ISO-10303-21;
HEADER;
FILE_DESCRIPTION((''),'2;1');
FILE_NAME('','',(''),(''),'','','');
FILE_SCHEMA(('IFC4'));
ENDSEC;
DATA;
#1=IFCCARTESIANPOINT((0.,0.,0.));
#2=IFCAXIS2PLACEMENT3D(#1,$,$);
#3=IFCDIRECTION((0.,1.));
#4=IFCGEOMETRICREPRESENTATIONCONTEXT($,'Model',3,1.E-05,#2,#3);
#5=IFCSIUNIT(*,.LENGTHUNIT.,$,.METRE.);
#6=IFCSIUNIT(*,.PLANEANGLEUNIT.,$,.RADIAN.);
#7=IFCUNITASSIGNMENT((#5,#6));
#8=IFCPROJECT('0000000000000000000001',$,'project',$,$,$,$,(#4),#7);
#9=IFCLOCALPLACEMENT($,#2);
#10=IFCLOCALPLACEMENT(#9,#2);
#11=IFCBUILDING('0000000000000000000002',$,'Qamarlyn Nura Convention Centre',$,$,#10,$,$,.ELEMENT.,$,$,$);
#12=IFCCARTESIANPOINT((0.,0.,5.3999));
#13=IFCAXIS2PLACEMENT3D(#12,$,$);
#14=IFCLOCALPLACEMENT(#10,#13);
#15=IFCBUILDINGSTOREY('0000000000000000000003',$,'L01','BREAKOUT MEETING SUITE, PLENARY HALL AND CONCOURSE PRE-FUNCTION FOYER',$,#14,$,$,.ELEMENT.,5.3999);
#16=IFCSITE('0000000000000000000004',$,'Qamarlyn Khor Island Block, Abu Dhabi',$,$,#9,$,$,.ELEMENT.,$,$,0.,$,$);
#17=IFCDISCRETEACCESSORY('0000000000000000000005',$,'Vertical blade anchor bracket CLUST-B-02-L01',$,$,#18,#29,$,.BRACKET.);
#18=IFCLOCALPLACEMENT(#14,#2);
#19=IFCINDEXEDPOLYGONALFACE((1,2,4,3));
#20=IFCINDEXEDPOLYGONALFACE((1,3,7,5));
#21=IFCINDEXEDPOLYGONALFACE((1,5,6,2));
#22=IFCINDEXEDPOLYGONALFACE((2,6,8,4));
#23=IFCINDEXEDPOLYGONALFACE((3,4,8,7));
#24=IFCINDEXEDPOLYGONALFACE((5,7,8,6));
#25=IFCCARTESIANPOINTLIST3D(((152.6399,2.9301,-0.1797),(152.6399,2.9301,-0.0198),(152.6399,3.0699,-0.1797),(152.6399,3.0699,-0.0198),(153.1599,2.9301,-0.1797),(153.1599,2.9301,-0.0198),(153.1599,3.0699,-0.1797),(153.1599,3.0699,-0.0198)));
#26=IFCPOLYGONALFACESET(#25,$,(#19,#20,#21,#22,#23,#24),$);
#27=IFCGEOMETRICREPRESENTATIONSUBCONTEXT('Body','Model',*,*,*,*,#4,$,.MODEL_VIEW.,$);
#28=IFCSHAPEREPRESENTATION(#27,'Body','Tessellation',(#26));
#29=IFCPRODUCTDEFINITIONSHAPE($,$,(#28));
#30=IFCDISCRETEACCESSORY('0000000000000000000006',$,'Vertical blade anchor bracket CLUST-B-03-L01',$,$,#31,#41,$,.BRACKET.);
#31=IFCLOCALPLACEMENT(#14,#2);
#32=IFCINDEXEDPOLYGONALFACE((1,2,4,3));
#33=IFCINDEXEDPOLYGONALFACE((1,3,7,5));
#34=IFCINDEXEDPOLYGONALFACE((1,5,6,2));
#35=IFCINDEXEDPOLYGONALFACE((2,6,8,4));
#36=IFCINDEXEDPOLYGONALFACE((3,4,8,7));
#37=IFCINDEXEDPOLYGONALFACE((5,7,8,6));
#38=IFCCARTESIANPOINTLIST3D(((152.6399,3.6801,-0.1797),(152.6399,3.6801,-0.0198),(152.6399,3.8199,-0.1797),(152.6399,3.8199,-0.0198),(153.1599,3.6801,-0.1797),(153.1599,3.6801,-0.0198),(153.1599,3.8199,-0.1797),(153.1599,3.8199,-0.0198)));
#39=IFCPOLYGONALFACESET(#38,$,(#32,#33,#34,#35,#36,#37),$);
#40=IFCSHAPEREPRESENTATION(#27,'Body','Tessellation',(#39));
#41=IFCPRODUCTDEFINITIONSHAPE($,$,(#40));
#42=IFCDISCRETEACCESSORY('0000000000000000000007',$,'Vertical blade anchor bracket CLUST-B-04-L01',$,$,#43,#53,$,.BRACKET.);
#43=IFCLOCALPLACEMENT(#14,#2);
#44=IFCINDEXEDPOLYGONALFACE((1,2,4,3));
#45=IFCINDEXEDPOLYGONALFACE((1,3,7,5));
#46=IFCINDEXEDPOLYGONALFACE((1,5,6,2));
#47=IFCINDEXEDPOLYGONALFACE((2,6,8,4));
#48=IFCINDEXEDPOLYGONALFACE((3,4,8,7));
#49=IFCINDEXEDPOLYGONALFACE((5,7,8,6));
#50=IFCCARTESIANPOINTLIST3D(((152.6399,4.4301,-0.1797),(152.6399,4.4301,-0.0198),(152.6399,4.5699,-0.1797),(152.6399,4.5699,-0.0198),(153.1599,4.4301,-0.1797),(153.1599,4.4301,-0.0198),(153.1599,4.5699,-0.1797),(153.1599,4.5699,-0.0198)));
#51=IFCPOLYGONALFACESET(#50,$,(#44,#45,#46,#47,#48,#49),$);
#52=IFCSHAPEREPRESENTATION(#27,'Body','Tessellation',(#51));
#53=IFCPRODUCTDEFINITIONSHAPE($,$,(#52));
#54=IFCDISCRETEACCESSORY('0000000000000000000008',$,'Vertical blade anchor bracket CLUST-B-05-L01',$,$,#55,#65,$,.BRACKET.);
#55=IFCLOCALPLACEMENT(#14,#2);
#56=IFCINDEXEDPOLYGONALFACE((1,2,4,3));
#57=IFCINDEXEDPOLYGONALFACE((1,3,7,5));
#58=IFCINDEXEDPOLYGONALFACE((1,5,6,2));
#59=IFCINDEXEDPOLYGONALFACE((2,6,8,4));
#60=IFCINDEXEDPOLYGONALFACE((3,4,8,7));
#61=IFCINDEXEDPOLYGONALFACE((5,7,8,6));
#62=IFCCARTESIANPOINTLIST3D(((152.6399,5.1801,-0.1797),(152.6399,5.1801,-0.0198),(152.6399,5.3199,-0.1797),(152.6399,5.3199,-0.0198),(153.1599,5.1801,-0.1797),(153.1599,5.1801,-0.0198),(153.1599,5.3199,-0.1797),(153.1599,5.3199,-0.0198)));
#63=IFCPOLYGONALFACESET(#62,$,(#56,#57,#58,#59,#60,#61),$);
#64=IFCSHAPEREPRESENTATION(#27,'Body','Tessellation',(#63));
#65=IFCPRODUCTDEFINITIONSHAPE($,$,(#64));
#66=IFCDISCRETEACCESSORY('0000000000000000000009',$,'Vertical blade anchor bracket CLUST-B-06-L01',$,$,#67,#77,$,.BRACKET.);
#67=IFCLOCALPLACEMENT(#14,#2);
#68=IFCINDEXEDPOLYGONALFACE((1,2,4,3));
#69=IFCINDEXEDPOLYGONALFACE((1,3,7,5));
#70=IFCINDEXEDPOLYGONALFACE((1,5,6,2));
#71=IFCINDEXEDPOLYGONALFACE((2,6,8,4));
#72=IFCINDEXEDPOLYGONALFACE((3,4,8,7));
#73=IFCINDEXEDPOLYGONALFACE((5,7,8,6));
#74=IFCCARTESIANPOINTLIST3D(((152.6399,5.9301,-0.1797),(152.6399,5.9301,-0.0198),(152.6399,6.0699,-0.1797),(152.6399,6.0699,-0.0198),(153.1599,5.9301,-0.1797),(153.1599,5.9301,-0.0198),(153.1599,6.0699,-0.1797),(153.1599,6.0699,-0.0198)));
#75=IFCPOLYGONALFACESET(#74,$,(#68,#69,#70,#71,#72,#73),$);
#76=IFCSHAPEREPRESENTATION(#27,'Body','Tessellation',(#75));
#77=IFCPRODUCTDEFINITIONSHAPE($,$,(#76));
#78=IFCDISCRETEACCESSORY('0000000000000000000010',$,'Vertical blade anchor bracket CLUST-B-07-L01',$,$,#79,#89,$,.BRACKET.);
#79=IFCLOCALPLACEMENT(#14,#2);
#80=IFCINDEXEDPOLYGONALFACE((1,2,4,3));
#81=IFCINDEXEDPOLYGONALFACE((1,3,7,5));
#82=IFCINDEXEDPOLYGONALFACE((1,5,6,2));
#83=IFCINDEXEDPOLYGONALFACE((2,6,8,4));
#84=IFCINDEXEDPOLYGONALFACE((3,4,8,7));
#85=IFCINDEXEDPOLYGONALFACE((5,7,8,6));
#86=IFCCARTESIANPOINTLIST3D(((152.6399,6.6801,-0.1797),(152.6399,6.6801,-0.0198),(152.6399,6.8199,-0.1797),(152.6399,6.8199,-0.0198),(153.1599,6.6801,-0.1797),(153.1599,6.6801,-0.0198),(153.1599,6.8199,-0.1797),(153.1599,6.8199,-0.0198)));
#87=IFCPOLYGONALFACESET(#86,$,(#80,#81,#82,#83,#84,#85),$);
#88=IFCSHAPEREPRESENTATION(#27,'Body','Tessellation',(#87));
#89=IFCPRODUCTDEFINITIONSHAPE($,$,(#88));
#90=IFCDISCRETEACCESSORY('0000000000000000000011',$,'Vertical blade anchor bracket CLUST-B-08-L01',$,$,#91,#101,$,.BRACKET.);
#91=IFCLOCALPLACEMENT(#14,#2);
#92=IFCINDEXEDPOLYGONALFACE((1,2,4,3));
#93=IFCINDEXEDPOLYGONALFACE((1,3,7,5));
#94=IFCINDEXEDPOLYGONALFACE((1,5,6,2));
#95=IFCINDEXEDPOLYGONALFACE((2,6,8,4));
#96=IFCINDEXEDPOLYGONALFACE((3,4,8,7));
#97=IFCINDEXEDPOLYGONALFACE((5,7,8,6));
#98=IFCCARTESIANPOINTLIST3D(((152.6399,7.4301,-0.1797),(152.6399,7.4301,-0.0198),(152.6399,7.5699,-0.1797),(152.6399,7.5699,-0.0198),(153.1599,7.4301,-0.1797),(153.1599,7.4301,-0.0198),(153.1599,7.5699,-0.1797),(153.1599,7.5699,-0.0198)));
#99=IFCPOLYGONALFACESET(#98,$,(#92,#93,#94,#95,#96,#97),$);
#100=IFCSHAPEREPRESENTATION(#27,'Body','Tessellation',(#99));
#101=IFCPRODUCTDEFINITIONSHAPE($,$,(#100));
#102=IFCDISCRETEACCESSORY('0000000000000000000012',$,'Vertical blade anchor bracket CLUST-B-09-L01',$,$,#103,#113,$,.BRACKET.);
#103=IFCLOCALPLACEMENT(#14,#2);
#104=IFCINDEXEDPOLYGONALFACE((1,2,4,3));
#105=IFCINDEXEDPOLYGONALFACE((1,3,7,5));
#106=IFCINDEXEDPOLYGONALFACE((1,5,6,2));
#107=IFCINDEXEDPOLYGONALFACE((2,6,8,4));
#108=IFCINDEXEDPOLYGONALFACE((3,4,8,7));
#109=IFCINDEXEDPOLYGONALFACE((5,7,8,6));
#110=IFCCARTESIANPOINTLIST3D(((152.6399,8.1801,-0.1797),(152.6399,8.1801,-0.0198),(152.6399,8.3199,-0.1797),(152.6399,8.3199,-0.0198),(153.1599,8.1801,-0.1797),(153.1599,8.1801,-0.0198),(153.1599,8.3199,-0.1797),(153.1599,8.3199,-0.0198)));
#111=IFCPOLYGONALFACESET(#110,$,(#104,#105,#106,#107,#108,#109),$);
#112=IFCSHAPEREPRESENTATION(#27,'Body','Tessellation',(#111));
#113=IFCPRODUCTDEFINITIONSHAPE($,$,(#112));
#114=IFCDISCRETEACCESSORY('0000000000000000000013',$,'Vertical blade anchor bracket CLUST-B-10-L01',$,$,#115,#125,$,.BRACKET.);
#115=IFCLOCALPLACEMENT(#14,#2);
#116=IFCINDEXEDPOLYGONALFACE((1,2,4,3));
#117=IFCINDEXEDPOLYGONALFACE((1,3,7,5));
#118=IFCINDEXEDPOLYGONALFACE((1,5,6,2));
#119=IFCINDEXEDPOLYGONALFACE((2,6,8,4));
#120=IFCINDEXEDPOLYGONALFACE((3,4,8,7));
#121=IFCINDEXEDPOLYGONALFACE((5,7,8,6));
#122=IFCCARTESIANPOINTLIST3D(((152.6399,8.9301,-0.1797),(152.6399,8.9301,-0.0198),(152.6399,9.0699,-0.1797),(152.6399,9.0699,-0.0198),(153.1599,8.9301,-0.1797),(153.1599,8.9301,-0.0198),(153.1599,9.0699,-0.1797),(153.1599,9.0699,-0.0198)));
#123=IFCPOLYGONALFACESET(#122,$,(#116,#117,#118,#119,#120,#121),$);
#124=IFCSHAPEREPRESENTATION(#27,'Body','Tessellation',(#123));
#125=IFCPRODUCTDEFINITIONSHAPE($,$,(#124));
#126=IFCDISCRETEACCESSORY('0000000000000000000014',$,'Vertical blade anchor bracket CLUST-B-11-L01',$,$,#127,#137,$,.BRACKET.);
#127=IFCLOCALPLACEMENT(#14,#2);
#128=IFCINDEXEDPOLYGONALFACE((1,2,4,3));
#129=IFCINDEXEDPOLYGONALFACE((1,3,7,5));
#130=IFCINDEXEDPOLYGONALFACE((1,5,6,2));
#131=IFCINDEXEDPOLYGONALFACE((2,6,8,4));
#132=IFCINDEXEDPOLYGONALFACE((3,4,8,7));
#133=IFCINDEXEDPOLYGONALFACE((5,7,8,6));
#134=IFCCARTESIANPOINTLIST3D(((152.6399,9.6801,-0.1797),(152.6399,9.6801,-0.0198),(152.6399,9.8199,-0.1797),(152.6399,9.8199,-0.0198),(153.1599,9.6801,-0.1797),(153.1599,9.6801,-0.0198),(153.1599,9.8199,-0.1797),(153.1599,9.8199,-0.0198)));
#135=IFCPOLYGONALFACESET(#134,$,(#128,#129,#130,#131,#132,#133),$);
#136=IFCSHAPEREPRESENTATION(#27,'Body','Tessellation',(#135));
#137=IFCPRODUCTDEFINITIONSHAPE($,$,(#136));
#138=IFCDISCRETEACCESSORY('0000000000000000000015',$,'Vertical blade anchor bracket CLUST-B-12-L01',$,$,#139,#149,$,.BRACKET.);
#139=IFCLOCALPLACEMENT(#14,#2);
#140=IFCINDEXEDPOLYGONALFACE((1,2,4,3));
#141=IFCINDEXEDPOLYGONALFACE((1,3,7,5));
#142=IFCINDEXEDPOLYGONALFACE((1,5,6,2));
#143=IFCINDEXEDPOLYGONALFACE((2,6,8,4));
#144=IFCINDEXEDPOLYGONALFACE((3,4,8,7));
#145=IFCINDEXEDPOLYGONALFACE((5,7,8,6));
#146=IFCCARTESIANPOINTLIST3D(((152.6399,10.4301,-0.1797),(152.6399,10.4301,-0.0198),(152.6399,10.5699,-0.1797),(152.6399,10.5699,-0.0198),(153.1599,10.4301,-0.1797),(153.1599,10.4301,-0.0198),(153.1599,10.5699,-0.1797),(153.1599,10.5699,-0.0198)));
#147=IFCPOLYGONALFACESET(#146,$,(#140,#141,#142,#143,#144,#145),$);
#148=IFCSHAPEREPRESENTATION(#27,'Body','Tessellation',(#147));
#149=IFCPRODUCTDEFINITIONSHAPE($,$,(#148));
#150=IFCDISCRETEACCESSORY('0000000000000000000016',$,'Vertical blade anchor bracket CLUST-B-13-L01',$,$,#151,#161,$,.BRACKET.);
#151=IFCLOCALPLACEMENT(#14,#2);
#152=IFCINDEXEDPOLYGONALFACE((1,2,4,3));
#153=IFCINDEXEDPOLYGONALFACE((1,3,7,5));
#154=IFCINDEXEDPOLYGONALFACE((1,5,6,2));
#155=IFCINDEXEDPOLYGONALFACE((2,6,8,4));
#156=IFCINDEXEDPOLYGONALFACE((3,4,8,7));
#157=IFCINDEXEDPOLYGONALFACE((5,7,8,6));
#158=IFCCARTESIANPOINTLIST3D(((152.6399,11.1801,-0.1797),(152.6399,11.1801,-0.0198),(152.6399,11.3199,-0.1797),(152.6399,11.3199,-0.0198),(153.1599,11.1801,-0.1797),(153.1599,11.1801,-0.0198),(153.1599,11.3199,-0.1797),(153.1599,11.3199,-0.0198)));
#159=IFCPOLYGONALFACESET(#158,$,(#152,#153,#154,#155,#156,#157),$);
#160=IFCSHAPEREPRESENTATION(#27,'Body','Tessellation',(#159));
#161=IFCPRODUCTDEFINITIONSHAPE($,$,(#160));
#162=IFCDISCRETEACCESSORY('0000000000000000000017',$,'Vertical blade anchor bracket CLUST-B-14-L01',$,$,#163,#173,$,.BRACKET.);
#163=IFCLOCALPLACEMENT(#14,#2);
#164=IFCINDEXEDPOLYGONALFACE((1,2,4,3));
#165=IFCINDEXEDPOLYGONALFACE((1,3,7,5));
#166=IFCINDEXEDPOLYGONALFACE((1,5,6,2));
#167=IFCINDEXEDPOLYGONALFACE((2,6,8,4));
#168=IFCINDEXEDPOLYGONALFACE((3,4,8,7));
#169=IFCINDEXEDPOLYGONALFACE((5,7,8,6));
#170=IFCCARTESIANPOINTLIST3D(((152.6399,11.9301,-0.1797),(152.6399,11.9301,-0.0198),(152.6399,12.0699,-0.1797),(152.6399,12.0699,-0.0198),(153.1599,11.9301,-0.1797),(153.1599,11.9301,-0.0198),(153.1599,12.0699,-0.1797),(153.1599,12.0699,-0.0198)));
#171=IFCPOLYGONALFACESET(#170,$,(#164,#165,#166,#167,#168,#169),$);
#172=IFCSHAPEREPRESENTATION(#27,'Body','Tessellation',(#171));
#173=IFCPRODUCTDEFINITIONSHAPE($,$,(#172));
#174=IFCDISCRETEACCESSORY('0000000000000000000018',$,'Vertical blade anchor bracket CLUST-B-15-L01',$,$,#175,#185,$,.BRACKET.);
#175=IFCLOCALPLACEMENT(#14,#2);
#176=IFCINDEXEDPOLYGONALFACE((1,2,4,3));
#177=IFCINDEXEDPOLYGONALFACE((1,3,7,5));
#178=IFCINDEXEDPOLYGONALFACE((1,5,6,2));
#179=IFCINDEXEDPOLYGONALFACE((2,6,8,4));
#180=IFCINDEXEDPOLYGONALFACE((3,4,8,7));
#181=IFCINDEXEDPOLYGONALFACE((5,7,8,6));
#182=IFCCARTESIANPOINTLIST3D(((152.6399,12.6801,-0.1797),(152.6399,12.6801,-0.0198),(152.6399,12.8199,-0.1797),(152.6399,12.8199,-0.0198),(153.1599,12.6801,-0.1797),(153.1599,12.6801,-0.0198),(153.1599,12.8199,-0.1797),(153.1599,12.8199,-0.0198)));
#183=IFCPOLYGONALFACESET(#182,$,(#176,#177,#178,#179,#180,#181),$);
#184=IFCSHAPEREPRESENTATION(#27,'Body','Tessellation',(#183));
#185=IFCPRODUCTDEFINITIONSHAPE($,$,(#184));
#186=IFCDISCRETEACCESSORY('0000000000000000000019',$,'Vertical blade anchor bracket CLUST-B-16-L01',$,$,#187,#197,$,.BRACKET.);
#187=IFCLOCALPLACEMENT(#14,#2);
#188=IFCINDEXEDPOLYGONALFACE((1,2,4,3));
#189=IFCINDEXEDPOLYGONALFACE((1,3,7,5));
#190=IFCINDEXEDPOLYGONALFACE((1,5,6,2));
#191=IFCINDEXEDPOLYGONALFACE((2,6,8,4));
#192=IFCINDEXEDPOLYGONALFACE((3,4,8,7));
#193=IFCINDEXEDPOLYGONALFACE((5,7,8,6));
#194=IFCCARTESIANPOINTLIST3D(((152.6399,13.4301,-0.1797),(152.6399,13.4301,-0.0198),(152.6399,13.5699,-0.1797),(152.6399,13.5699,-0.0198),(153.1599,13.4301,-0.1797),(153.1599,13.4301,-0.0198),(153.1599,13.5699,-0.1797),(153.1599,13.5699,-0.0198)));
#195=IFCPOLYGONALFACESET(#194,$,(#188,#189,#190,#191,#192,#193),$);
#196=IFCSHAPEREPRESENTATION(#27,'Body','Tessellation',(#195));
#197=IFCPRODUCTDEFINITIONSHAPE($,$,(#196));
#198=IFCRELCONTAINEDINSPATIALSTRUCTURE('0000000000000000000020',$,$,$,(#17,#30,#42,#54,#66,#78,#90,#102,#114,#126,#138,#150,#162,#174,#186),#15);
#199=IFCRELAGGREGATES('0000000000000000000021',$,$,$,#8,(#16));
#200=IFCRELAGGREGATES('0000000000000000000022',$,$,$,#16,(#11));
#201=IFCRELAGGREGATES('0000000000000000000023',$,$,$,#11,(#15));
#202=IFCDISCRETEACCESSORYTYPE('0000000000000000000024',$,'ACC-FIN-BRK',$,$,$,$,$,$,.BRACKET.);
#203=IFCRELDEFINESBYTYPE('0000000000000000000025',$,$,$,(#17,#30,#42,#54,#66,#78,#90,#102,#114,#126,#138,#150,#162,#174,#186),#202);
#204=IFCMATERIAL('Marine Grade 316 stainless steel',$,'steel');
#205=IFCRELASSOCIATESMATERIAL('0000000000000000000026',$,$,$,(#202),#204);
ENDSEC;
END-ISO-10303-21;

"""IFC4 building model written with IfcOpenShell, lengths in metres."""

from ifc_helpers import new_model, si_unit, direction, frame, origin, origin_2d, place, context, subcontext, project, spatial, rectangle, extrude, material, type_object, element, save


model = new_model("IFC4")

# Units and contexts
model_context = context("Model", 3, precision=1e-05, world=origin(), true_north=direction((0.0, 1.0)))
body_context = subcontext(model_context, "Body", "Model", "MODEL_VIEW")
ifc_project = project(units=[si_unit("LENGTHUNIT", "METRE"), si_unit("PLANEANGLEUNIT", "RADIAN")], contexts=[model_context])

# Site, building, storey
site_placement = place(None, origin())
site = spatial("IfcSite", under=ifc_project, at=site_placement, Name="Qamarlyn Khor Island Block, Abu Dhabi", CompositionType="ELEMENT", RefElevation=0.0)
building_placement = place(site_placement, origin())
building = spatial("IfcBuilding", under=site, at=building_placement, Name="Qamarlyn Nura Convention Centre", CompositionType="ELEMENT")
storey_placement = place(building_placement, frame((0.0, 0.0, 5.3999)))
storey = spatial("IfcBuildingStorey", under=building, at=storey_placement, Name="L01", Description="BREAKOUT MEETING SUITE, PLENARY HALL AND CONCOURSE PRE-FUNCTION FOYER", CompositionType="ELEMENT", Elevation=5.3999)

# Discrete accessories
ifc_material_1 = material(Name="Marine Grade 316 stainless steel", Category="steel")
discrete_accessory_type = type_object("IfcDiscreteAccessoryType", Name="ACC-FIN-BRK", PredefinedType="BRACKET", material=ifc_material_1)
for number, where, z_axis, x_axis, name in (
    (1, (152.8999, 3.0, -0.1797), (0.0, 0.0, 1.0), (-1.0, 0.0, 0.0), "Vertical blade anchor bracket CLUST-B-02-L01"),
    (2, (152.8999, 3.75, -0.1797), (0.0, 0.0, 1.0), (-1.0, 0.0, 0.0), "Vertical blade anchor bracket CLUST-B-03-L01"),
    (3, (152.8999, 4.5, -0.1797), (0.0, 0.0, 1.0), (-1.0, 0.0, 0.0), "Vertical blade anchor bracket CLUST-B-04-L01"),
    (4, (152.8999, 5.25, -0.1797), (0.0, 0.0, 1.0), (-1.0, 0.0, 0.0), "Vertical blade anchor bracket CLUST-B-05-L01"),
    (5, (152.8999, 6.0, -0.1797), (0.0, 0.0, 1.0), (-1.0, 0.0, 0.0), "Vertical blade anchor bracket CLUST-B-06-L01"),
    (6, (152.8999, 6.75, -0.1797), (0.0, 0.0, 1.0), (-1.0, 0.0, 0.0), "Vertical blade anchor bracket CLUST-B-07-L01"),
    (7, (152.8999, 7.5, -0.1797), (0.0, 0.0, 1.0), (-1.0, 0.0, 0.0), "Vertical blade anchor bracket CLUST-B-08-L01"),
    (8, (152.8999, 8.25, -0.1797), (0.0, 0.0, 1.0), (-1.0, 0.0, 0.0), "Vertical blade anchor bracket CLUST-B-09-L01"),
    (9, (152.8999, 9.0, -0.1797), (0.0, 0.0, 1.0), (-1.0, 0.0, 0.0), "Vertical blade anchor bracket CLUST-B-10-L01"),
    (10, (152.8999, 9.75, -0.1797), (0.0, 0.0, 1.0), (-1.0, 0.0, 0.0), "Vertical blade anchor bracket CLUST-B-11-L01"),
    (11, (152.8999, 10.5, -0.1797), (0.0, 0.0, 1.0), (-1.0, 0.0, 0.0), "Vertical blade anchor bracket CLUST-B-12-L01"),
    (12, (152.8999, 11.25, -0.1797), (0.0, 0.0, 1.0), (-1.0, 0.0, 0.0), "Vertical blade anchor bracket CLUST-B-13-L01"),
    (13, (152.8999, 12.0, -0.1797), (0.0, 0.0, 1.0), (-1.0, 0.0, 0.0), "Vertical blade anchor bracket CLUST-B-14-L01"),
    (14, (152.8999, 12.75, -0.1797), (0.0, 0.0, 1.0), (-1.0, 0.0, 0.0), "Vertical blade anchor bracket CLUST-B-15-L01"),
    (15, (152.8999, 13.5, -0.1797), (0.0, 0.0, 1.0), (-1.0, 0.0, 0.0), "Vertical blade anchor bracket CLUST-B-16-L01"),
):
    element("IfcDiscreteAccessory", number, at=place(storey_placement, frame(where, z_axis=z_axis, x_axis=x_axis)), inside=storey, type_object=discrete_accessory_type, Name=name, PredefinedType="BRACKET", context=body_context, shape_type="SweptSolid", body=[
        extrude(rectangle(XDim=0.52, YDim=0.1399, at=origin_2d()), origin(), (0.0, 0.0, 1.0), 0.1599),
    ])

save(model, "model.ifc")
